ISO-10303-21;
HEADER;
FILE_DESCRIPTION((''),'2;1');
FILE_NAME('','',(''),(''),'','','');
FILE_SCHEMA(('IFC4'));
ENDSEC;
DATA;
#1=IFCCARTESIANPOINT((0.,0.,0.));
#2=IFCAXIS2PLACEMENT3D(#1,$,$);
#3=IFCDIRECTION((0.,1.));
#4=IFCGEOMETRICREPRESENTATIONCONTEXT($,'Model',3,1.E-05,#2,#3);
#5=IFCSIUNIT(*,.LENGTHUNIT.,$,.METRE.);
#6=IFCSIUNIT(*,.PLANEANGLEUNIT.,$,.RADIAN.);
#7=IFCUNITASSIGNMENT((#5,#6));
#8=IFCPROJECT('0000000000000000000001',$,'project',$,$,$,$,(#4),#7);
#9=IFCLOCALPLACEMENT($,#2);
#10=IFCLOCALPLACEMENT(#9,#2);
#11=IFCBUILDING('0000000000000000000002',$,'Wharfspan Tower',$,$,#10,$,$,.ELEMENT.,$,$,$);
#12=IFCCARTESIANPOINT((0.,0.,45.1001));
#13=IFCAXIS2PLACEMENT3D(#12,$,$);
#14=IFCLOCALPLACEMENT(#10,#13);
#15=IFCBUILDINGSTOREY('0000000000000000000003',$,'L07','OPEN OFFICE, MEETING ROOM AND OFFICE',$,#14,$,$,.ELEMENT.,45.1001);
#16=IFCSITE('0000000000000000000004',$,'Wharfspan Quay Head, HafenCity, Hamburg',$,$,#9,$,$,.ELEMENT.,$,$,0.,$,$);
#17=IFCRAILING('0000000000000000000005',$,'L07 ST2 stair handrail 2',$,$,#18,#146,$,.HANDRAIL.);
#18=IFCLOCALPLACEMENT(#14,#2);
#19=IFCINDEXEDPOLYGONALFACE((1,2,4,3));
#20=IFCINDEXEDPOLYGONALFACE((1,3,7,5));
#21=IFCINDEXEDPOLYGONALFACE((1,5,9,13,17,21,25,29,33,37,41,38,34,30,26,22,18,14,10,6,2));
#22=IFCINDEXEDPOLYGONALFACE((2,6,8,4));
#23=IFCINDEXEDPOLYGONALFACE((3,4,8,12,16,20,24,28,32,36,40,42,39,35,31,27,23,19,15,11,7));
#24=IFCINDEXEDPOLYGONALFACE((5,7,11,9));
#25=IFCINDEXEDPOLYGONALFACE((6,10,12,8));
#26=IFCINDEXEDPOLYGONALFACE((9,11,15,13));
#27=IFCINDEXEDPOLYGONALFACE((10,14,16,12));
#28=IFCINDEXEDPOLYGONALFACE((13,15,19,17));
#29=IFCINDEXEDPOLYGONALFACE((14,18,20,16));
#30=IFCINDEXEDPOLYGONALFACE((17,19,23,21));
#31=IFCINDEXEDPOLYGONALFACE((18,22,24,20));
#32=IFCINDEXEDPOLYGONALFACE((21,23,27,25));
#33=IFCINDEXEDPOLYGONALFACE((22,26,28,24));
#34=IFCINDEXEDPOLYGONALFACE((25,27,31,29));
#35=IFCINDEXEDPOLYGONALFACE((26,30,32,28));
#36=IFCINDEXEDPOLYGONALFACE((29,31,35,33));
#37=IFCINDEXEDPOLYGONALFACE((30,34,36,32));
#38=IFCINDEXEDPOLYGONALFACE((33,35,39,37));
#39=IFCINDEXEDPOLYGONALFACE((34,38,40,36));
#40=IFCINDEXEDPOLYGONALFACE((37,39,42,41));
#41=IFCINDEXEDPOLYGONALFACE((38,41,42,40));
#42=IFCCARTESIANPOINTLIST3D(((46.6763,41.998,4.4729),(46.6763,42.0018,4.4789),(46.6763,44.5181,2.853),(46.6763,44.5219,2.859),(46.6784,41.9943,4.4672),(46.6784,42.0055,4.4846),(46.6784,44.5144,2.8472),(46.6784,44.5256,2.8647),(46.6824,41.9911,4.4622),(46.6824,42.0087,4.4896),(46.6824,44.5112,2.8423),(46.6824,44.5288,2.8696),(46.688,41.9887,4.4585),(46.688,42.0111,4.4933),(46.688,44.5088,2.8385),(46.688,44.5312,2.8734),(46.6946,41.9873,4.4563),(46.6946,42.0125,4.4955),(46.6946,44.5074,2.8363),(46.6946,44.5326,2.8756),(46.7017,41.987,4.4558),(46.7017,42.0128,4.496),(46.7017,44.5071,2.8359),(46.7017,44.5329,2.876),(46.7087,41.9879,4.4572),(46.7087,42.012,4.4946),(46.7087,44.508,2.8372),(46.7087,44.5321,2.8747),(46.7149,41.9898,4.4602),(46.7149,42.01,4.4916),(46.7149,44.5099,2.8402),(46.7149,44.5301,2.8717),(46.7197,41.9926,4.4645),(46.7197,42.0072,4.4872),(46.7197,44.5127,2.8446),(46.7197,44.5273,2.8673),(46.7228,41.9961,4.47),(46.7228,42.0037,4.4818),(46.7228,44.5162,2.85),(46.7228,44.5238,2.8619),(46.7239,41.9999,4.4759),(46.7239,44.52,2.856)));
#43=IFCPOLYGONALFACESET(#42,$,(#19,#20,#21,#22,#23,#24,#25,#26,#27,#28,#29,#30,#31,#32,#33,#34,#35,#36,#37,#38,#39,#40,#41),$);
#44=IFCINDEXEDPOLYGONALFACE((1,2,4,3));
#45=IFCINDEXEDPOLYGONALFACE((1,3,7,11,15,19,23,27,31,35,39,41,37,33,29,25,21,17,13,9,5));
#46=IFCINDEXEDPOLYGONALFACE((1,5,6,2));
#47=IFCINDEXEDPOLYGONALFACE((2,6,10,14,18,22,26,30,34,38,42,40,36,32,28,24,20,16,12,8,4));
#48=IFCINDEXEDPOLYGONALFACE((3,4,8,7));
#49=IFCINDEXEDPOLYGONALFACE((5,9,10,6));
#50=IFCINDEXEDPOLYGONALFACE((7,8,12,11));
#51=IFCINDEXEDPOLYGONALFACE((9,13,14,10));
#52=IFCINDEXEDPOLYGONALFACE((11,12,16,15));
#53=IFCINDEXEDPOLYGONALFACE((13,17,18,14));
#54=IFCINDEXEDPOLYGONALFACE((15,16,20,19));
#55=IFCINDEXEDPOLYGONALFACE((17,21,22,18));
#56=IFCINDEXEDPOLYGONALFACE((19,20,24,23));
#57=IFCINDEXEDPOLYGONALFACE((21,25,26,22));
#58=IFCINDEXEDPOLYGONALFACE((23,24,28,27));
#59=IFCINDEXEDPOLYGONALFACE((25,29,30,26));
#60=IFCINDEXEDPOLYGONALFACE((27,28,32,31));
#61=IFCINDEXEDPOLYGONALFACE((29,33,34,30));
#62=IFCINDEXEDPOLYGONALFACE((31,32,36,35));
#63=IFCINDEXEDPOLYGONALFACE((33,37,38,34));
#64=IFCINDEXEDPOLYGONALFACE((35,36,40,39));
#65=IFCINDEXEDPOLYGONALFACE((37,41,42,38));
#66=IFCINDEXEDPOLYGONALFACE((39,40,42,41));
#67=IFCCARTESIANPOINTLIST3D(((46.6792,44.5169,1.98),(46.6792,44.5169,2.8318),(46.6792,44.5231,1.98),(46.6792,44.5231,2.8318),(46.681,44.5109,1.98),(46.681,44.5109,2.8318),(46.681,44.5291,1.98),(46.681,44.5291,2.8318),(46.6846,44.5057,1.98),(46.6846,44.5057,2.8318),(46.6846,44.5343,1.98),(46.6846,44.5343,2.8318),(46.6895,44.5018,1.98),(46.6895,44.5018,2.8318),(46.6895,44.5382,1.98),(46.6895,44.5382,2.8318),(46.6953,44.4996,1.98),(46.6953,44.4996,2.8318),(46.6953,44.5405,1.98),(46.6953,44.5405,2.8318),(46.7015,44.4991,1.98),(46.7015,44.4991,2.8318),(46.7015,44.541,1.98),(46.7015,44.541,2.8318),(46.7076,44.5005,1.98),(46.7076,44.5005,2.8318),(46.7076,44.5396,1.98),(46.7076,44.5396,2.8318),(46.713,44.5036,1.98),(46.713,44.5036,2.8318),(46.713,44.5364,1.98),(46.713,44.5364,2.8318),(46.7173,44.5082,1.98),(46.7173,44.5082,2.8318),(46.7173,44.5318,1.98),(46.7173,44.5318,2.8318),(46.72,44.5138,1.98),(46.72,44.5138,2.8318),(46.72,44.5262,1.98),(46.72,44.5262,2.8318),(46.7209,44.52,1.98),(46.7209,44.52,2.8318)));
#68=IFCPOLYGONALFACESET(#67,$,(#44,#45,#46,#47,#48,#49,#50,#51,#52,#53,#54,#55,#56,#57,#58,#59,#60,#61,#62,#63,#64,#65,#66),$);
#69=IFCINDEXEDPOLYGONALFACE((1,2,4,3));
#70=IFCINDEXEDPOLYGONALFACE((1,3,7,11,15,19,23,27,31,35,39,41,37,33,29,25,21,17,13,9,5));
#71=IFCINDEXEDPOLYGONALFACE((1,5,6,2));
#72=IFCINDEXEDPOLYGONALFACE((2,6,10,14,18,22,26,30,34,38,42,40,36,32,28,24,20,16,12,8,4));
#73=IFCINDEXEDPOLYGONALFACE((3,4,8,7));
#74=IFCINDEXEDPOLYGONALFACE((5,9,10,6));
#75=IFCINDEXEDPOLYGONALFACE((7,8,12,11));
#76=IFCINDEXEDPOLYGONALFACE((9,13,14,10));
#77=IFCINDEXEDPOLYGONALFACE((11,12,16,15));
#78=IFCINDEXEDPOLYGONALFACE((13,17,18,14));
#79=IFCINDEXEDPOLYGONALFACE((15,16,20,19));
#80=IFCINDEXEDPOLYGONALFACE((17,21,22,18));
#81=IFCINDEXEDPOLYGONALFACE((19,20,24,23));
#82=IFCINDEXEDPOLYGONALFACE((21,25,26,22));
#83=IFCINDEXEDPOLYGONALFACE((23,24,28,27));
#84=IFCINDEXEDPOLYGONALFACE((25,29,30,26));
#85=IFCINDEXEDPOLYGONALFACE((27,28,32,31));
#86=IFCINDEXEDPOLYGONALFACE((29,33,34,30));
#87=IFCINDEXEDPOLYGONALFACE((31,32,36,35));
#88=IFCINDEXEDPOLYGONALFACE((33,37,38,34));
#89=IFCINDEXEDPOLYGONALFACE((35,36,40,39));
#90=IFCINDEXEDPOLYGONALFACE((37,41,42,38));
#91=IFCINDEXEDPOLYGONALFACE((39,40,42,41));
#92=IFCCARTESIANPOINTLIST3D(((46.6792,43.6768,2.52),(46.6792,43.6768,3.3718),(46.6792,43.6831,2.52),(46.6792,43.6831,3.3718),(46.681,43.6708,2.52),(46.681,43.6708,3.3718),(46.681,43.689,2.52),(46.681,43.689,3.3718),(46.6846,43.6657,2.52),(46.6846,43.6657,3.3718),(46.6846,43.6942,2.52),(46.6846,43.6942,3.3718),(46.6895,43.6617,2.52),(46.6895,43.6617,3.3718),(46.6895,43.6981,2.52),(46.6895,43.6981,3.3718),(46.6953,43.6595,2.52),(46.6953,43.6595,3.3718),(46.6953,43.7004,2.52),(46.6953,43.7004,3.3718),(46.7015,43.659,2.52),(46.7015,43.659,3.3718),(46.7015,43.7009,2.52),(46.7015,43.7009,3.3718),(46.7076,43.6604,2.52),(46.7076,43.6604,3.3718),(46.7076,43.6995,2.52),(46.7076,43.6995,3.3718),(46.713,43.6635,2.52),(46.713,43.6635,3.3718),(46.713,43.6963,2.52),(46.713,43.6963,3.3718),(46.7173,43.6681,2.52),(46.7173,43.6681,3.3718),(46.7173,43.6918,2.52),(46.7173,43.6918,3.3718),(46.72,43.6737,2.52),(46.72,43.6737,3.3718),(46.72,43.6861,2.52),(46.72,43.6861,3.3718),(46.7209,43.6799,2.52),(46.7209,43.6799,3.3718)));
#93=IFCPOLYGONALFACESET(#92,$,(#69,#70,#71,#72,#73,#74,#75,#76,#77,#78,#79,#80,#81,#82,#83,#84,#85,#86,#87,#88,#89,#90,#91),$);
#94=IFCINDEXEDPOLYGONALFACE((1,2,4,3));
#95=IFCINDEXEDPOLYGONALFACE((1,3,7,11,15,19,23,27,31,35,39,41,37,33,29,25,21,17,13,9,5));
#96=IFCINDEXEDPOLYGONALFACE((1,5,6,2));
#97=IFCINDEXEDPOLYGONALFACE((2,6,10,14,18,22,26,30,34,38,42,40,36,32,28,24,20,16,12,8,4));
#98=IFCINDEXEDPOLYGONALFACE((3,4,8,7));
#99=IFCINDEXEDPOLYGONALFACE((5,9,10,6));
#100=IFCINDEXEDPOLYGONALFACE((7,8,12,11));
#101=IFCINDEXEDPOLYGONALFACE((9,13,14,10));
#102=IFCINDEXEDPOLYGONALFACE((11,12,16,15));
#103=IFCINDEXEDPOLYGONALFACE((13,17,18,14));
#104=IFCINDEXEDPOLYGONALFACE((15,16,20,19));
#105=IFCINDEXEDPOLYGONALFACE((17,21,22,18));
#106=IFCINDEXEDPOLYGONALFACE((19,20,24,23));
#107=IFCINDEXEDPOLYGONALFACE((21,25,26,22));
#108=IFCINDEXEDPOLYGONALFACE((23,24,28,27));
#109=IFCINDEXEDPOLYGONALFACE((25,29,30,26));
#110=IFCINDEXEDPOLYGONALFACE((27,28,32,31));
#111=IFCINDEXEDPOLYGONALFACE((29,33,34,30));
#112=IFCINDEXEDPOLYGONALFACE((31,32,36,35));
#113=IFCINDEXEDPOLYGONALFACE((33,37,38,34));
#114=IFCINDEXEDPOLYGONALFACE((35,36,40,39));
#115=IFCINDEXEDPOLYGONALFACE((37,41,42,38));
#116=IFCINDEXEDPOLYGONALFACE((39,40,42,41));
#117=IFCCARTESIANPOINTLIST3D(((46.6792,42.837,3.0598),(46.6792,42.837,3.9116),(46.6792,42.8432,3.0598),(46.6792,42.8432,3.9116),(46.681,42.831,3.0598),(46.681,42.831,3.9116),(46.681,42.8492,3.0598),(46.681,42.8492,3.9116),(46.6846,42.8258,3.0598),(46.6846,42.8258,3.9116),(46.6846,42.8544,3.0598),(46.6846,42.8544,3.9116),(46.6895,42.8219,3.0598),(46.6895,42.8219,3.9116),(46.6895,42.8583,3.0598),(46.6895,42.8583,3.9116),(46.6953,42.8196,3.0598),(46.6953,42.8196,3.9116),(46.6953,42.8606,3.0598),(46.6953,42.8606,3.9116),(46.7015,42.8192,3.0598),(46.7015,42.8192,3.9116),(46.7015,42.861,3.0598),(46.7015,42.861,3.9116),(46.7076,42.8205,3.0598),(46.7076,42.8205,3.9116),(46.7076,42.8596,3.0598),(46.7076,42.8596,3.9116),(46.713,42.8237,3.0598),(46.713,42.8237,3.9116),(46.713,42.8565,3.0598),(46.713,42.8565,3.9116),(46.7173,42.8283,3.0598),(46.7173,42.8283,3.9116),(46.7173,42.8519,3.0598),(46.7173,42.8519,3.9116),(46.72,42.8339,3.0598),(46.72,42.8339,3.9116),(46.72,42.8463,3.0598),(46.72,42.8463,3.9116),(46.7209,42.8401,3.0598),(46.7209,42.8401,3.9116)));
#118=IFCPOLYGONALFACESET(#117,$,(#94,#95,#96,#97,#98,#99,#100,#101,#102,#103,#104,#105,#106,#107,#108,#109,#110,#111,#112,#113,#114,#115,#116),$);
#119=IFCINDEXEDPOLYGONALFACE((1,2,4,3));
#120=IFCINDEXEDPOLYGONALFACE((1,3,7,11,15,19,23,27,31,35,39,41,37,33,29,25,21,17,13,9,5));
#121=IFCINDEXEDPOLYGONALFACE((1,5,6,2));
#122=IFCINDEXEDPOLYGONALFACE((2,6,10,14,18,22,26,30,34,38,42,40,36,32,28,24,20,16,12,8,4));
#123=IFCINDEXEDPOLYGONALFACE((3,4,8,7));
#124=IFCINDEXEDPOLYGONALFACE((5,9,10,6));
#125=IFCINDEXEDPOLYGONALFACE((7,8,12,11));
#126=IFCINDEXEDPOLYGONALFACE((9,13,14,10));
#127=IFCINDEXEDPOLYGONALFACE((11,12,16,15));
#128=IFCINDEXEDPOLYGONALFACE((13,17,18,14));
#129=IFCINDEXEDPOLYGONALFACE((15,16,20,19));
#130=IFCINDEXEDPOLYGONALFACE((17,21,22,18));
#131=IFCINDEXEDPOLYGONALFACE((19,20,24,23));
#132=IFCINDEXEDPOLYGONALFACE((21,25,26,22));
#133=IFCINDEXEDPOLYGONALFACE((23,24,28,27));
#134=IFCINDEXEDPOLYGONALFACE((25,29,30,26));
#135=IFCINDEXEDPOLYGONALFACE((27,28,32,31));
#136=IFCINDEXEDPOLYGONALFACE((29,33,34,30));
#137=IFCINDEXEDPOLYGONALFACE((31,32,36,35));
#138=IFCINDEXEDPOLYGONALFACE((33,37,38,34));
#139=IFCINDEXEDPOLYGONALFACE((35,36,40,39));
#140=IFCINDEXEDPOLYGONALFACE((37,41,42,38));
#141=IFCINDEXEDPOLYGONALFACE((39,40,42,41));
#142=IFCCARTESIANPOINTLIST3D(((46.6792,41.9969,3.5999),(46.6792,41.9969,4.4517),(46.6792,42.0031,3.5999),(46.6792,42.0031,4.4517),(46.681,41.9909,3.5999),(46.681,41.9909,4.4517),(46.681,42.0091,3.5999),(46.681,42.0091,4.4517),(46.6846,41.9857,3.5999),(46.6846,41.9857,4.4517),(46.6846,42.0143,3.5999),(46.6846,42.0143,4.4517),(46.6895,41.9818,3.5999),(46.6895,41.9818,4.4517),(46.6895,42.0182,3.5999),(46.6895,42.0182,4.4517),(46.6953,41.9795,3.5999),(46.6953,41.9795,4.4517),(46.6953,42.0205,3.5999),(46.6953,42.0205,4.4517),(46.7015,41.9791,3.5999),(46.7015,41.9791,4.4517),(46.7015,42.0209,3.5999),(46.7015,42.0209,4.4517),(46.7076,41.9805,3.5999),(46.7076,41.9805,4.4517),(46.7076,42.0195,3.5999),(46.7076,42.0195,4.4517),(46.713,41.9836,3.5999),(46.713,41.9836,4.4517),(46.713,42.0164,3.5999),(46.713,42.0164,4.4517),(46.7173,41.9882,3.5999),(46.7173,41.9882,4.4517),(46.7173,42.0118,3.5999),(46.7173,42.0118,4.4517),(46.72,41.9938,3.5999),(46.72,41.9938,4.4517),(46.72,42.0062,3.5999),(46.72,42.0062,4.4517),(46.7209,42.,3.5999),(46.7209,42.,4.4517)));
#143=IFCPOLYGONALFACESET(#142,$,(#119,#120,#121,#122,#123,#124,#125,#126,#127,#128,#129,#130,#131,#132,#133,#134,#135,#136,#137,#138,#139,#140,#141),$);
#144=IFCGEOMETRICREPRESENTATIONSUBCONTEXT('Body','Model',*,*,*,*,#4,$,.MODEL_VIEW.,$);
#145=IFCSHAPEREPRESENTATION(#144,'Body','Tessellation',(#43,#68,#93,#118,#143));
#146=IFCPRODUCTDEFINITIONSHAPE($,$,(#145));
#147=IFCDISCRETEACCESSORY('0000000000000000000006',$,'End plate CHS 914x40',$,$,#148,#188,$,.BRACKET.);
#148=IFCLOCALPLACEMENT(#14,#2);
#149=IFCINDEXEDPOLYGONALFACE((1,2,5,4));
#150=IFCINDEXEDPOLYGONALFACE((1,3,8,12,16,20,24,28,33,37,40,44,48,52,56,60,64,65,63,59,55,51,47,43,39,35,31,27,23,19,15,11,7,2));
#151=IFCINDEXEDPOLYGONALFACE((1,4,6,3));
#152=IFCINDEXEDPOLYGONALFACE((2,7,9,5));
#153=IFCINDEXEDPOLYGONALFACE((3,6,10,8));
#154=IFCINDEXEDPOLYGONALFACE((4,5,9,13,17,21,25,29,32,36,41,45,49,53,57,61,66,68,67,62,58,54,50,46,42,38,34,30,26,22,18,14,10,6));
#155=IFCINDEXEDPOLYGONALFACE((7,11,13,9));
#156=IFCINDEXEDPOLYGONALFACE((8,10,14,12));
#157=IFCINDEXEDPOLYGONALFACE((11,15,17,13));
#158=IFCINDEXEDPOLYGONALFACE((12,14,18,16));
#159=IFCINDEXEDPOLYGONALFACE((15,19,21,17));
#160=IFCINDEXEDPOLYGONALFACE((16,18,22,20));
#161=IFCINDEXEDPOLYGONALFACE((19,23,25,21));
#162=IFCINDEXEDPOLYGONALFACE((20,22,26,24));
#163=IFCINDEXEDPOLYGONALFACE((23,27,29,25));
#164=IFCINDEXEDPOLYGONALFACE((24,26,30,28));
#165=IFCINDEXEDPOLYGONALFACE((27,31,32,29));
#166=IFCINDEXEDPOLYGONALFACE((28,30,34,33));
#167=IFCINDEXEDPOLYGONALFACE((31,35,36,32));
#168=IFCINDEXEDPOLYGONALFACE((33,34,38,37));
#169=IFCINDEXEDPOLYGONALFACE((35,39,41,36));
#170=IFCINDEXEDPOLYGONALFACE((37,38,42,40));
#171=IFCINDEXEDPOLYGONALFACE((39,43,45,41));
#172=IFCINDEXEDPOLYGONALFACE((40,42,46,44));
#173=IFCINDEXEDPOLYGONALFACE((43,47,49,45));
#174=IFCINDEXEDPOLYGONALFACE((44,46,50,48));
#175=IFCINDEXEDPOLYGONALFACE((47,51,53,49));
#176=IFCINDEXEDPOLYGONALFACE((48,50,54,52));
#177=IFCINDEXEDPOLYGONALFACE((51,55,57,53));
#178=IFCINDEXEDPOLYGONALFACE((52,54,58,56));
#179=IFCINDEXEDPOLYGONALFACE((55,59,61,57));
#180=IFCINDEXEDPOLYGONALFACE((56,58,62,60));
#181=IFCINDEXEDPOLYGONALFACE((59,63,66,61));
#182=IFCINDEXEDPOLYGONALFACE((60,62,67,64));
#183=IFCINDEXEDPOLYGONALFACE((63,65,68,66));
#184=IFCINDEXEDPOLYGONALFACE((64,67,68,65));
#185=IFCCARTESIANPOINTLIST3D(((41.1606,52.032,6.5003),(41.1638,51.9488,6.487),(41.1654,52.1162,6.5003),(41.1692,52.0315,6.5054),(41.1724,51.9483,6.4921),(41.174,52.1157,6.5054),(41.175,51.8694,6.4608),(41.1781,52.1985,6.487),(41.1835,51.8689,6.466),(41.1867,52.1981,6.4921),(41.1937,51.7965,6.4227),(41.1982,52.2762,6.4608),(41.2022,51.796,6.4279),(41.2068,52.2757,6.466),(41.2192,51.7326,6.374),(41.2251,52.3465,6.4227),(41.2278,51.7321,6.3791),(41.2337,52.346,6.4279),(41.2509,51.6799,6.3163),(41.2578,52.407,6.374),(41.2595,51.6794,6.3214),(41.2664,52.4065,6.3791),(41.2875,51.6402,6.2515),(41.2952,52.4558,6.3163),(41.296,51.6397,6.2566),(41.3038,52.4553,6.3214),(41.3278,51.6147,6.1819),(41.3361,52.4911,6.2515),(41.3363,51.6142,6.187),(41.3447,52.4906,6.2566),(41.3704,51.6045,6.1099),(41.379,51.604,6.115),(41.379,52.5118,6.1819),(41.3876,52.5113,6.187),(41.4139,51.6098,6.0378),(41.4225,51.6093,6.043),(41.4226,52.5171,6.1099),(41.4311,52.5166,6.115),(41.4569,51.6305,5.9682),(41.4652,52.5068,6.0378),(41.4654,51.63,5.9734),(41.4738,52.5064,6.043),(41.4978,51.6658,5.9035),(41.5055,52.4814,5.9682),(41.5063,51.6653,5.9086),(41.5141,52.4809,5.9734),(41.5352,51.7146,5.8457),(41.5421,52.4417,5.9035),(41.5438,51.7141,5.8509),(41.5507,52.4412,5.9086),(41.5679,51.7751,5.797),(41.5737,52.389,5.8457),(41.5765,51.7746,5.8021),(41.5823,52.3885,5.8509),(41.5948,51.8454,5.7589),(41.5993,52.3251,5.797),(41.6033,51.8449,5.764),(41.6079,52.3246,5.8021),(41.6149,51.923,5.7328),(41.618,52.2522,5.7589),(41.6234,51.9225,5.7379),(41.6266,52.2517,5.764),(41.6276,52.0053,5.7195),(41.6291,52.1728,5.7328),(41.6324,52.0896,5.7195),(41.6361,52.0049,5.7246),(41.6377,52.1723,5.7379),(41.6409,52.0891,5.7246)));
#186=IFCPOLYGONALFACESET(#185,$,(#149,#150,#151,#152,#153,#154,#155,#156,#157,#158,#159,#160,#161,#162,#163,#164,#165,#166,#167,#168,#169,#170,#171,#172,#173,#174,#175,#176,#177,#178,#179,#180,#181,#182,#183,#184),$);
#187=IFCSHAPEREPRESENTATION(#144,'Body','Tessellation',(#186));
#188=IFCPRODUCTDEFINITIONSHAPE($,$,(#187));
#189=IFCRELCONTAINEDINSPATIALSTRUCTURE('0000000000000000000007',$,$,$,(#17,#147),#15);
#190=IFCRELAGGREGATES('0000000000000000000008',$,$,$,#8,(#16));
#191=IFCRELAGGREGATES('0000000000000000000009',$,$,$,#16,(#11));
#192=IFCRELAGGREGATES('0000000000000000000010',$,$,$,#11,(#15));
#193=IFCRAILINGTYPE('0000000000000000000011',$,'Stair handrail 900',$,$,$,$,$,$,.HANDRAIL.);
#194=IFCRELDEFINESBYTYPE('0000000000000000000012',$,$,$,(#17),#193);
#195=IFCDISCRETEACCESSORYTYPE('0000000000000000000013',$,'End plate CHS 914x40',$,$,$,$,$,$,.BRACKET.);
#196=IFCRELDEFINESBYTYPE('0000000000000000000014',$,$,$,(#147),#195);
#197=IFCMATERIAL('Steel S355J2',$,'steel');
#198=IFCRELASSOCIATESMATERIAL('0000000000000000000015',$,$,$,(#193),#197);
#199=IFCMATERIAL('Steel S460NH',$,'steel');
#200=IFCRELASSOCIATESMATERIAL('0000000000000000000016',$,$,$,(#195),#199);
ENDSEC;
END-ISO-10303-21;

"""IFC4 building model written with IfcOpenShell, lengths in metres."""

from ifc_helpers import new_model, si_unit, direction, frame, origin, origin_2d, place, context, subcontext, project, spatial, circle, extrude, material, material_profile, profile_set, type_object, element, save


model = new_model("IFC4")

# Units and contexts
model_context = context("Model", 3, precision=1e-05, world=origin(), true_north=direction((0.0, 1.0)))
body_context = subcontext(model_context, "Body", "Model", "MODEL_VIEW")
ifc_project = project(units=[si_unit("LENGTHUNIT", "METRE"), si_unit("PLANEANGLEUNIT", "RADIAN")], contexts=[model_context])

# Site, building, storey
site_placement = place(None, origin())
site = spatial("IfcSite", under=ifc_project, at=site_placement, Name="Wharfspan Quay Head, HafenCity, Hamburg", CompositionType="ELEMENT", RefElevation=0.0)
building_placement = place(site_placement, origin())
building = spatial("IfcBuilding", under=site, at=building_placement, Name="Wharfspan Tower", CompositionType="ELEMENT")
storey_placement = place(building_placement, frame((0.0, 0.0, 45.1001)))
storey = spatial("IfcBuildingStorey", under=building, at=storey_placement, Name="L07", Description="OPEN OFFICE, MEETING ROOM AND OFFICE", CompositionType="ELEMENT", Elevation=45.1001)

# Shared definitions
ifc_material_1 = material(Name="Steel S355J2", Category="steel")

# Shared definitions
ifc_material_2 = material(Name="Steel S460NH", Category="steel")

# Railing
railing_type_1 = type_object("IfcRailingType", Name="Stair handrail 900", PredefinedType="HANDRAIL", material=ifc_material_1)
railing_1_placement = place(storey_placement, frame((46.7, 44.52, 1.98)))
element("IfcRailing", 1, at=railing_1_placement, inside=storey, type_object=railing_type_1, Name="L07 ST2 stair handrail 2", PredefinedType="HANDRAIL", context=body_context, shape_type="SweptSolid", body=[
    extrude(circle(Radius=0.0239, at=origin_2d()), frame((0.0, 0.0, 0.876), z_axis=(0.0, -0.8412, 0.540725), x_axis=(1.0, 0.0, 0.0)), (0.0, 0.0, 1.0), 2.9958),
    extrude(circle(Radius=0.021, at=origin_2d()), origin(), (0.0, 0.0, 1.0), 0.8518),
    extrude(circle(Radius=0.021, at=origin_2d()), frame((0.0, -0.8401, 0.54)), (0.0, 0.0, 1.0), 0.8518),
    extrude(circle(Radius=0.021, at=origin_2d()), frame((0.0, -1.6799, 1.0798)), (0.0, 0.0, 1.0), 0.8518),
    extrude(circle(Radius=0.021, at=origin_2d()), frame((0.0, -2.52, 1.6199)), (0.0, 0.0, 1.0), 0.8518),
])

# Discrete accessory
ifc_material_profile_1 = material_profile(ifc_material_2, circle(Radius=0.457, at=origin_2d()))
ifc_profile_set_1 = profile_set([ifc_material_profile_1], Name="Steel S460NH")
discrete_accessory_type = type_object("IfcDiscreteAccessoryType", Name="End plate CHS 914x40", PredefinedType="BRACKET", material=ifc_profile_set_1)
for number, where, z_axis, x_axis, name in (
    (2, (41.3965, 52.0608, 6.1099), (0.856465, -0.048941, 0.513879), (0.05705, 0.998372, 0.0), "End plate CHS 914x40"),
):
    element("IfcDiscreteAccessory", number, at=place(storey_placement, frame(where, z_axis=z_axis, x_axis=x_axis)), inside=storey, type_object=discrete_accessory_type, Name=name, PredefinedType="BRACKET", context=body_context, shape_type="SweptSolid", body=[
        extrude(circle(Radius=0.457, at=origin_2d()), origin(), (0.0, 0.0, 1.0), 0.01),
    ])

save(model, "model.ifc")
